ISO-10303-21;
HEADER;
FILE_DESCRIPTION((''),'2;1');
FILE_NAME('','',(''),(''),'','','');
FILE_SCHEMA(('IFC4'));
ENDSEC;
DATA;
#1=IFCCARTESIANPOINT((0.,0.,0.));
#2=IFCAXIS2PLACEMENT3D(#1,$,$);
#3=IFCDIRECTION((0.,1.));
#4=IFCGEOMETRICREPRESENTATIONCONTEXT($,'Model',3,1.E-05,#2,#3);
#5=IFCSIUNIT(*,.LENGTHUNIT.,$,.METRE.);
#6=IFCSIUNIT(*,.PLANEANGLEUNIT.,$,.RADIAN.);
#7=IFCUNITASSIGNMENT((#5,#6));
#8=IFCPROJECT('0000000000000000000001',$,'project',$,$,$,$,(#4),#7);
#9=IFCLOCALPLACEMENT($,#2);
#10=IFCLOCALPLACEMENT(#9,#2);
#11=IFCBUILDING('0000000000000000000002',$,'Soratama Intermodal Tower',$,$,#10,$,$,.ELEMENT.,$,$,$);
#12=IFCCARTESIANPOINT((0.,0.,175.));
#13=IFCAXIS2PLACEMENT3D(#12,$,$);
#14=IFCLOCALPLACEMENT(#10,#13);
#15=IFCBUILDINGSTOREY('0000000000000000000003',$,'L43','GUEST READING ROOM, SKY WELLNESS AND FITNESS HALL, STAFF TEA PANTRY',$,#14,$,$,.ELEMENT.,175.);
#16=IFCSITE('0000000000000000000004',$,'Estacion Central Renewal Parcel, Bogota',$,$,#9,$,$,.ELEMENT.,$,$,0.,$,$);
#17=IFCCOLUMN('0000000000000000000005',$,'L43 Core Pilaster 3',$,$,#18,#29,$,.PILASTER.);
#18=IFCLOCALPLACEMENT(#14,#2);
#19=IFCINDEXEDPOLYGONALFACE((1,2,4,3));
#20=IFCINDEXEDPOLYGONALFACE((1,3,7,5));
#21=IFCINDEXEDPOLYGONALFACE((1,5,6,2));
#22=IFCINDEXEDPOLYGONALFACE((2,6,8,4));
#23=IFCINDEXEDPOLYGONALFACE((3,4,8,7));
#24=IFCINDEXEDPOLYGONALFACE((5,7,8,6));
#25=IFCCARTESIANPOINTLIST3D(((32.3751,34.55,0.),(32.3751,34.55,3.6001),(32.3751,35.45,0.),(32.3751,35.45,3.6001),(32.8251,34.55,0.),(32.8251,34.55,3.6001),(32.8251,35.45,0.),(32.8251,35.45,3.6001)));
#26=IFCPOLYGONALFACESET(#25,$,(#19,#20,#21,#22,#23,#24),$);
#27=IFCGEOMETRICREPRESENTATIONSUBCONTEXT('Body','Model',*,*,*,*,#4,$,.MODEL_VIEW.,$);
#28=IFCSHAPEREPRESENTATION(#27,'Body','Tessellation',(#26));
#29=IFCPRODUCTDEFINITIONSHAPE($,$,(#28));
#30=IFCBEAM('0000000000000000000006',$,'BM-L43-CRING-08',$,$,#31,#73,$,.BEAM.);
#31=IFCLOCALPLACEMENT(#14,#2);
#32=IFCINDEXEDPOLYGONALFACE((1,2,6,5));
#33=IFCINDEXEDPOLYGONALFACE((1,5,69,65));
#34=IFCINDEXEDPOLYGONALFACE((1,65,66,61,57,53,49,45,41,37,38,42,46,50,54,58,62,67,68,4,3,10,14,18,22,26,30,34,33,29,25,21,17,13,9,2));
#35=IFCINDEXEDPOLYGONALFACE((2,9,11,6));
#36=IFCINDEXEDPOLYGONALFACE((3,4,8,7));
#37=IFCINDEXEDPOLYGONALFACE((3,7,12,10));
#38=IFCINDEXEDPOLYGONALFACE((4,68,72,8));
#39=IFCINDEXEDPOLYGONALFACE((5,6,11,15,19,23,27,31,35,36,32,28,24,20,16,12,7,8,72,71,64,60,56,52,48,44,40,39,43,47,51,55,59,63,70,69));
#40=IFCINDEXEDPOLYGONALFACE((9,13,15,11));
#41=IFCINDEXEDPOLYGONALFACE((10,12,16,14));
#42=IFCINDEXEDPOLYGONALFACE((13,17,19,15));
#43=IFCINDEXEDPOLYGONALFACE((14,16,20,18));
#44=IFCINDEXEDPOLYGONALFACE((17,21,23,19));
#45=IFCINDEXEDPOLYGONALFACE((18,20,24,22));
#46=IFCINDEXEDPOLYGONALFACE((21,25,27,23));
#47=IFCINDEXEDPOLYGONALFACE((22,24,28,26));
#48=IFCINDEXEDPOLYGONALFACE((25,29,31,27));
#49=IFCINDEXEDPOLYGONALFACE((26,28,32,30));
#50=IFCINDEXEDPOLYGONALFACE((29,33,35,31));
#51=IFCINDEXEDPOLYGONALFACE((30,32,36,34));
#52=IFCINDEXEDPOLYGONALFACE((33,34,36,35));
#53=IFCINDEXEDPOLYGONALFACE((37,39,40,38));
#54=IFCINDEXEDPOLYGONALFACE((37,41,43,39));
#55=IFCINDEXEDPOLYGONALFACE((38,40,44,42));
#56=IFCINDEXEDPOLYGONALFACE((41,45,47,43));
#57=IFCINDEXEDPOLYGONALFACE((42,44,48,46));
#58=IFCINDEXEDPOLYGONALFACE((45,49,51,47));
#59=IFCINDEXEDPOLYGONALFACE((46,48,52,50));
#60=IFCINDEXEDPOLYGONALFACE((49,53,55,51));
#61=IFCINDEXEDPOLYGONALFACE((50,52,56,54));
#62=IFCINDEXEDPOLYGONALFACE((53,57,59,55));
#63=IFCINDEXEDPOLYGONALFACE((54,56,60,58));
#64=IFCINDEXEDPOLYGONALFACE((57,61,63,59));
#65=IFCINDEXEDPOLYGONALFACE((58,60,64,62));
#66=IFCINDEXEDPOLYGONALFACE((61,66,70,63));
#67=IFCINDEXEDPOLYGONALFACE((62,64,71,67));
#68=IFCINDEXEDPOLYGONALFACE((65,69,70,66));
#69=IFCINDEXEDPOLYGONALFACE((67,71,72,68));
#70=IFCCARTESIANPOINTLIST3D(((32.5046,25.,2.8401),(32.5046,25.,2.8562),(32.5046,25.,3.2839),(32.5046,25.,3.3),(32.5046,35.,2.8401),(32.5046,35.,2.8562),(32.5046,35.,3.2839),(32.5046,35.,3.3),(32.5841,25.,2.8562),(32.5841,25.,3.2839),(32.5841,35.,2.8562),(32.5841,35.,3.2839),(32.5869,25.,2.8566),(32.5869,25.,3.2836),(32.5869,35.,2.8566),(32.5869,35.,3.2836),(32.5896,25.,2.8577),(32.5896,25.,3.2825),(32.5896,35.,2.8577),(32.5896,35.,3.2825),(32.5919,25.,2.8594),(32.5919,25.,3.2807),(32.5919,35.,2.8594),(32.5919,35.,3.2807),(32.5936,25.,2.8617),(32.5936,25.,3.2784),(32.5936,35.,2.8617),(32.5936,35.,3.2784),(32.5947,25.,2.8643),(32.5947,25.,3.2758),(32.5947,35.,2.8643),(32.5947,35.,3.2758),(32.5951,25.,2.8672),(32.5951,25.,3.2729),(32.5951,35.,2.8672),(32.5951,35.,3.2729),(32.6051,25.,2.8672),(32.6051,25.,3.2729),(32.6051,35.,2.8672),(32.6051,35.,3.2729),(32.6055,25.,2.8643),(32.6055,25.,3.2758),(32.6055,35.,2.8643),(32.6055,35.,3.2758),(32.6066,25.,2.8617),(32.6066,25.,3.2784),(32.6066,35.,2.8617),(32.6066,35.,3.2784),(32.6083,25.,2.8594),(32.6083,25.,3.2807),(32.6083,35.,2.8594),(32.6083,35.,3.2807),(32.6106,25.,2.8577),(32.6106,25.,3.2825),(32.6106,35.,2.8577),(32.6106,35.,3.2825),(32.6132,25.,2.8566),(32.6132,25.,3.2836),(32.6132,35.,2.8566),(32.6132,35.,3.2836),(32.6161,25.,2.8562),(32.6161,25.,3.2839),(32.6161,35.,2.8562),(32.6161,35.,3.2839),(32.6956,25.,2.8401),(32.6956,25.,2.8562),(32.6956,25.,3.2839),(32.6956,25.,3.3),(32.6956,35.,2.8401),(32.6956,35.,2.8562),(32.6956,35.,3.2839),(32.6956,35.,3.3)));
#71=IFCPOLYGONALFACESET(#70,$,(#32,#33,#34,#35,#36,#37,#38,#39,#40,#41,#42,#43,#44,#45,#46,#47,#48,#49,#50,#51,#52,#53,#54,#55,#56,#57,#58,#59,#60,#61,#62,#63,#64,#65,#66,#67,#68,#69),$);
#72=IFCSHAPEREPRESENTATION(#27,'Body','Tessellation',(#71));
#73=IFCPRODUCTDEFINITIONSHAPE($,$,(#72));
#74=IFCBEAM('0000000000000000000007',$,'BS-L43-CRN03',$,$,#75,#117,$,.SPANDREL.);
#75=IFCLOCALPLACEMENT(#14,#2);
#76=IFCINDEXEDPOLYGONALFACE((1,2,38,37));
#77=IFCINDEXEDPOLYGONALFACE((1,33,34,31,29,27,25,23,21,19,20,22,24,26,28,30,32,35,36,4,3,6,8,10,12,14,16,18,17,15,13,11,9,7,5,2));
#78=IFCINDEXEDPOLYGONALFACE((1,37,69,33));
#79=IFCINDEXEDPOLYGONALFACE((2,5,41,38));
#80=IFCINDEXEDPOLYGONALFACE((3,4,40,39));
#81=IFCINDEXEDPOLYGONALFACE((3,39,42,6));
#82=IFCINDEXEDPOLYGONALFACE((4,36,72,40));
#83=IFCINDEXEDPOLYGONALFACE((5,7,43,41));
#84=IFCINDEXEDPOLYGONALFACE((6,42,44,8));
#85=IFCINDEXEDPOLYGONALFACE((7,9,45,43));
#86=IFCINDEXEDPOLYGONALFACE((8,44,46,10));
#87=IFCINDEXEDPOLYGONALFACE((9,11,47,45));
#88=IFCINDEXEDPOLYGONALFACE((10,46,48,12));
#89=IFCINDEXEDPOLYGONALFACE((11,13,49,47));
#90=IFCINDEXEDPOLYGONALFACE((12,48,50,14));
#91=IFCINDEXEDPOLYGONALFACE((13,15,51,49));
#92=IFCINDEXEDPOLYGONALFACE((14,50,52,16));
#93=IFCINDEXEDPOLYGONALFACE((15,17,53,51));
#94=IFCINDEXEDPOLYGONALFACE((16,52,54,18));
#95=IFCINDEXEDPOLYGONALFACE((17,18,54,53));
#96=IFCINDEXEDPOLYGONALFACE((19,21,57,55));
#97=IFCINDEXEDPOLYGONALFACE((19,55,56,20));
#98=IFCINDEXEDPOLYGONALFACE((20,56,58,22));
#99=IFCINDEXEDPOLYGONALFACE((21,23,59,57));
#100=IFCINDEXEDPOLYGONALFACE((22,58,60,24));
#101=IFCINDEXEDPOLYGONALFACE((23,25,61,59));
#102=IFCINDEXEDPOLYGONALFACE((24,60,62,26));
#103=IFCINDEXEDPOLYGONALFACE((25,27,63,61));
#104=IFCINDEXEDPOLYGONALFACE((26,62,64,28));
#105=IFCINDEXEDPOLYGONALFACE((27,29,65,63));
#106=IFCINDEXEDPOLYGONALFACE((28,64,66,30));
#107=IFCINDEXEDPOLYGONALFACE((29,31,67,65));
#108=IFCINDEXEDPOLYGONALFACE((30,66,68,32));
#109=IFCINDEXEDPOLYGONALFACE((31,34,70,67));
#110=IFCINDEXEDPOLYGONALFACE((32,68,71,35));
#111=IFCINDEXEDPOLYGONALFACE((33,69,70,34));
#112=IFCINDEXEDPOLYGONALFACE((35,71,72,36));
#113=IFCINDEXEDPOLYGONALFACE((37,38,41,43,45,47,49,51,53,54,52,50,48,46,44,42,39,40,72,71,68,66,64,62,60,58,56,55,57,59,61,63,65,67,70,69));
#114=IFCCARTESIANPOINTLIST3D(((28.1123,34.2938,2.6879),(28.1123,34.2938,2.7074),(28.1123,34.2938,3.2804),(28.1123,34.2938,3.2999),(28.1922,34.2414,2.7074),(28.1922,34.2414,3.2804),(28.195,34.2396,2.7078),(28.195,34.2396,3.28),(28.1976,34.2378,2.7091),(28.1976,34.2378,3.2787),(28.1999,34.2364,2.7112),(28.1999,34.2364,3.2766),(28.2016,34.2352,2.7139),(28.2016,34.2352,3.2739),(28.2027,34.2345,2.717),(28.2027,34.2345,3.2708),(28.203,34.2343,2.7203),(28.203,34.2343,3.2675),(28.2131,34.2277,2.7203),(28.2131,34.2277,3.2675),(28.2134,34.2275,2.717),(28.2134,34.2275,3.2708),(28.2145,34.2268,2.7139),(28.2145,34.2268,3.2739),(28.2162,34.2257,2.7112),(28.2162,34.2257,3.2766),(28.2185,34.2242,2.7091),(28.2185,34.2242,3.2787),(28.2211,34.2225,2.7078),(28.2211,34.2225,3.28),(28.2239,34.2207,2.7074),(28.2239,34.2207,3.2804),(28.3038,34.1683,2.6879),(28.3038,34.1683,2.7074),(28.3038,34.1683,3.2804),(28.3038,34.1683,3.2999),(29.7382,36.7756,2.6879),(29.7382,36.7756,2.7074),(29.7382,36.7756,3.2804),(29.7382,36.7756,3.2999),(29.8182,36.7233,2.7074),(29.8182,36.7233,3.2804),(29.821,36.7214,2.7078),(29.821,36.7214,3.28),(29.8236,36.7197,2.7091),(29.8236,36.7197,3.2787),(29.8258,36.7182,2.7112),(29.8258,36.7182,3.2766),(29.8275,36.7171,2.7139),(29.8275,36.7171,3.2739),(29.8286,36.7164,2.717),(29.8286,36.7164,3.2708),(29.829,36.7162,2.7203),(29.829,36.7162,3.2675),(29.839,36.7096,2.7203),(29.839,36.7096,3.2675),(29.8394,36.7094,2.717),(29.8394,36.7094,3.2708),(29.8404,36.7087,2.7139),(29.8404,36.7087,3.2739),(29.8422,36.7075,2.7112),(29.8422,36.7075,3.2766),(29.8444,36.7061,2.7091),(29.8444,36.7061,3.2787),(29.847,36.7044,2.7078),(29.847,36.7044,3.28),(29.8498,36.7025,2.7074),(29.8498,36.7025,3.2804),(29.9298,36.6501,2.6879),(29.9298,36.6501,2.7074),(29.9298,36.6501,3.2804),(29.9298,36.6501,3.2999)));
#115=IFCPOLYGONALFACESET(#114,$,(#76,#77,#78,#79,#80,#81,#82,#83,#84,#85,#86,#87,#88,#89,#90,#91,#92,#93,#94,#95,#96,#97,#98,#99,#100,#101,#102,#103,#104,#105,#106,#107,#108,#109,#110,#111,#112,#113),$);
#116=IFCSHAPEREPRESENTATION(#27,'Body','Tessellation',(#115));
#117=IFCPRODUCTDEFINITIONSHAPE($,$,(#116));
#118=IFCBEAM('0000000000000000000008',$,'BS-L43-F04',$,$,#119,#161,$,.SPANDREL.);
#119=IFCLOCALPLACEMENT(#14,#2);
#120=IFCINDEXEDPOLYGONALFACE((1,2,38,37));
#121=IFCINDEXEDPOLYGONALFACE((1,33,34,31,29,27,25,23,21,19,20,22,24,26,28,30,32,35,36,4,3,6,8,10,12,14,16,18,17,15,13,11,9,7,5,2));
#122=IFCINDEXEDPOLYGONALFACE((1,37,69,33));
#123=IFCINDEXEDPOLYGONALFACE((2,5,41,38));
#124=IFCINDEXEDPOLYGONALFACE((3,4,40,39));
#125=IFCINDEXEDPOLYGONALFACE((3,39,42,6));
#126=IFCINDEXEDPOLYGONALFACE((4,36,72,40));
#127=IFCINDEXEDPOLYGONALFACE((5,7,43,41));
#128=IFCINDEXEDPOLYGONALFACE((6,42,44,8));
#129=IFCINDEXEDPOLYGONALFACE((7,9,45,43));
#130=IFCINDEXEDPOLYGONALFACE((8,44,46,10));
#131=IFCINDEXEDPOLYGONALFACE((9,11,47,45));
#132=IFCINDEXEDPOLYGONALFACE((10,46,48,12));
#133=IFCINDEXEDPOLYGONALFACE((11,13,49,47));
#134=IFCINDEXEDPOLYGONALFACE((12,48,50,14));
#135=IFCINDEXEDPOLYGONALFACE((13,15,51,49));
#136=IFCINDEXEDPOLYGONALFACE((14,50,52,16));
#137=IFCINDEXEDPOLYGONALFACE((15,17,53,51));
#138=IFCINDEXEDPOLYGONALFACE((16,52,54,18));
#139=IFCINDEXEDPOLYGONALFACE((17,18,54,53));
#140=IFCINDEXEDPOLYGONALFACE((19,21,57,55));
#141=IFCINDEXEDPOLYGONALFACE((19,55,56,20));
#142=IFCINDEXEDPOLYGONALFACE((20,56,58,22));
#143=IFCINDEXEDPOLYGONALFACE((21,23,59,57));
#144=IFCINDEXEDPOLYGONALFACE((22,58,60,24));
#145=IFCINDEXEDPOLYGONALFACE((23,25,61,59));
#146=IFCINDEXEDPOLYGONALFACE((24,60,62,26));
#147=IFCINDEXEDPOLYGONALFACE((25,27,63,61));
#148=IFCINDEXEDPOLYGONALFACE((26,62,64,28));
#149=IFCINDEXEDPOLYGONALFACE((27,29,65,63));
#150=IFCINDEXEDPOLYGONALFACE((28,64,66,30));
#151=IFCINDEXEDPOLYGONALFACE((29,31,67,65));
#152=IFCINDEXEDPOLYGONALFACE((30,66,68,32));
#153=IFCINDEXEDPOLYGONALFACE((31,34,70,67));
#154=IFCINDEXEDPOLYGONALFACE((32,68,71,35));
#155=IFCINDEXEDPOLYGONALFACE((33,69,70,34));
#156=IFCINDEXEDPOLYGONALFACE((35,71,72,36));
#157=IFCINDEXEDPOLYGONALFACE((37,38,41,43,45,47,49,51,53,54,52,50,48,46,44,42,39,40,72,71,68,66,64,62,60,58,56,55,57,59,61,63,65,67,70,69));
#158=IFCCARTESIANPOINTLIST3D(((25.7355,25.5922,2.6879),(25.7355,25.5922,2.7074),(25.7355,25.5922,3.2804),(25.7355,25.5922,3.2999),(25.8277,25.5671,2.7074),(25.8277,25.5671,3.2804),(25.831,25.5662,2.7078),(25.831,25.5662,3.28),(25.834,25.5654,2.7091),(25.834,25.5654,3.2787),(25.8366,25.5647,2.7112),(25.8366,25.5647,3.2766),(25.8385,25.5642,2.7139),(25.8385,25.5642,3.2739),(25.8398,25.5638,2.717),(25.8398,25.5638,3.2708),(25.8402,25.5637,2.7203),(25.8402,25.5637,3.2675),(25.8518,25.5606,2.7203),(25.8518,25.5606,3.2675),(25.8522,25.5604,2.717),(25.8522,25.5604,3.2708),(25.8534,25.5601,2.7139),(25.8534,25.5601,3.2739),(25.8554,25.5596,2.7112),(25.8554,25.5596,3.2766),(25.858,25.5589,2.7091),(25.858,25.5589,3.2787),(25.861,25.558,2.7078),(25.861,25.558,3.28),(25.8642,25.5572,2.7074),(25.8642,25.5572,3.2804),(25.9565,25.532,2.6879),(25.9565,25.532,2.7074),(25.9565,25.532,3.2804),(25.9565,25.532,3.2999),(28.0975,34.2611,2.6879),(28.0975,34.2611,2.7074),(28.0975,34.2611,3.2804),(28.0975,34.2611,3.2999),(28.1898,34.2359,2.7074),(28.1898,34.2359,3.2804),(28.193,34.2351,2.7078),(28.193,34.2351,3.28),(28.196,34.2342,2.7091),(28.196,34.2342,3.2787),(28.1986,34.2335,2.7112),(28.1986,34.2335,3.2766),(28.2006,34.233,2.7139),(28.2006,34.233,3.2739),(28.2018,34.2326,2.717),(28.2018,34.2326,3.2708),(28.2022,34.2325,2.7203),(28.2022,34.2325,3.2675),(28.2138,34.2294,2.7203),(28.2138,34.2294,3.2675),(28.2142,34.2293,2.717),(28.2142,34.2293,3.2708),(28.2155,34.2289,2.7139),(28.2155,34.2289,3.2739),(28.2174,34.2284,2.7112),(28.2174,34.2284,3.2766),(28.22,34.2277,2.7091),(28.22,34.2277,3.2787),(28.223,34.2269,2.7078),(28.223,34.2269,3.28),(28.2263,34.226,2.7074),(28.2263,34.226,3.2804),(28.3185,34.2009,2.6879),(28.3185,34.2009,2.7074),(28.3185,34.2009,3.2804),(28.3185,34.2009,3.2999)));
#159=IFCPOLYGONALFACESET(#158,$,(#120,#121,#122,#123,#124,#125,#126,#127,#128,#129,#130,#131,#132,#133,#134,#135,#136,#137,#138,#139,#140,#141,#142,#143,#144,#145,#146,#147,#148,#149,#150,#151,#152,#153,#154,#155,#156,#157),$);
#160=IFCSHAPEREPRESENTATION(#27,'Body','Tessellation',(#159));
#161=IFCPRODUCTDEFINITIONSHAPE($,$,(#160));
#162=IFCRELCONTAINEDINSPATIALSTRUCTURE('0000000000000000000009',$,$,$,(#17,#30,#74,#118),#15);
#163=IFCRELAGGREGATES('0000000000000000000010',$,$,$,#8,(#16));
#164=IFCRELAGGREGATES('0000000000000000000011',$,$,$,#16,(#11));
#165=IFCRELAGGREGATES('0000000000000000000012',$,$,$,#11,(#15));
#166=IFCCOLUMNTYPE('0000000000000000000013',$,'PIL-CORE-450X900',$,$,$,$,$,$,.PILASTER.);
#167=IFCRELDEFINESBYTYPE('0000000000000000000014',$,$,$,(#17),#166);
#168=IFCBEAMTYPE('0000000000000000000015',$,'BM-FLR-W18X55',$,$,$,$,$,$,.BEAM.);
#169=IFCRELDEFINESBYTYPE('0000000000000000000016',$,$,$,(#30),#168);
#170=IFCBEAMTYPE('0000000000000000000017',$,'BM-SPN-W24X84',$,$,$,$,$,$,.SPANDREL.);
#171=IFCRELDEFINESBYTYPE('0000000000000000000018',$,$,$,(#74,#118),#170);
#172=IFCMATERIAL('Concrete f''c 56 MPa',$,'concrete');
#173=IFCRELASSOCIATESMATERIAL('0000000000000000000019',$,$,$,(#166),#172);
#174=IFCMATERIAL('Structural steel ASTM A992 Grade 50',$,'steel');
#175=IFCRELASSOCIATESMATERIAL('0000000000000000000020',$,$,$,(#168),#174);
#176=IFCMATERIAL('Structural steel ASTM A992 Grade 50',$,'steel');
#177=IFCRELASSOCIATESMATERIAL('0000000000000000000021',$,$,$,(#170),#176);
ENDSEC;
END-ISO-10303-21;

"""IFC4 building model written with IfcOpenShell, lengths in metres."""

from ifc_helpers import new_model, si_unit, direction, frame, origin, origin_2d, place, context, subcontext, project, spatial, rectangle, i_section, extrude, material, material_profile, profile_set, type_object, element, save


model = new_model("IFC4")

# Units and contexts
model_context = context("Model", 3, precision=1e-05, world=origin(), true_north=direction((0.0, 1.0)))
body_context = subcontext(model_context, "Body", "Model", "MODEL_VIEW")
ifc_project = project(units=[si_unit("LENGTHUNIT", "METRE"), si_unit("PLANEANGLEUNIT", "RADIAN")], contexts=[model_context])

# Site, building, storey
site_placement = place(None, origin())
site = spatial("IfcSite", under=ifc_project, at=site_placement, Name="Estacion Central Renewal Parcel, Bogota", CompositionType="ELEMENT", RefElevation=0.0)
building_placement = place(site_placement, origin())
building = spatial("IfcBuilding", under=site, at=building_placement, Name="Soratama Intermodal Tower", CompositionType="ELEMENT")
storey_placement = place(building_placement, frame((0.0, 0.0, 175.0)))
storey = spatial("IfcBuildingStorey", under=building, at=storey_placement, Name="L43", Description="GUEST READING ROOM, SKY WELLNESS AND FITNESS HALL, STAFF TEA PANTRY", CompositionType="ELEMENT", Elevation=175.0)

# Column
ifc_material_1 = material(Name="Concrete f'c 56 MPa", Category="concrete")
ifc_material_profile_1 = material_profile(ifc_material_1, rectangle(XDim=0.45, YDim=0.8999, at=origin_2d()), Name="RC450X900")
ifc_profile_set_1 = profile_set([ifc_material_profile_1], Name="Concrete f'c 56 MPa")
column_type = type_object("IfcColumnType", Name="PIL-CORE-450X900", PredefinedType="PILASTER", material=ifc_profile_set_1)
column_placement = place(storey_placement, frame((32.6001, 35.0, 0.0), z_axis=(0.0, 0.0, 1.0), x_axis=(1.0, 0.0, 0.0)))
element("IfcColumn", 1, at=column_placement, inside=storey, type_object=column_type, Name="L43 Core Pilaster 3", PredefinedType="PILASTER", context=body_context, shape_type="SweptSolid", body=[
    extrude(rectangle(XDim=0.45, YDim=0.8999, at=origin_2d()), origin(), (0.0, 0.0, 1.0), 3.6001),
])

# Beams
ifc_material_2 = material(Name="Structural steel ASTM A992 Grade 50", Category="steel")
ifc_material_profile_2 = material_profile(ifc_material_2, i_section(OverallWidth=0.1909, OverallDepth=0.46, WebThickness=0.01, FlangeThickness=0.0161, FilletRadius=0.011, at=origin_2d()), Name="W18X55")
ifc_profile_set_2 = profile_set([ifc_material_profile_2], Name="Structural steel ASTM A992 Grade 50")
beam_type_1 = type_object("IfcBeamType", Name="BM-FLR-W18X55", PredefinedType="BEAM", material=ifc_profile_set_2)
beam_1_placement = place(storey_placement, frame((32.6001, 35.0, 3.0701), z_axis=(0.0, -1.0, 0.0), x_axis=(1.0, 0.0, 0.0)))
element("IfcBeam", 2, at=beam_1_placement, inside=storey, type_object=beam_type_1, Name="BM-L43-CRING-08", PredefinedType="BEAM", context=body_context, shape_type="SweptSolid", body=[
    extrude(i_section(OverallWidth=0.1909, OverallDepth=0.46, WebThickness=0.01, FlangeThickness=0.0161, FilletRadius=0.011, at=origin_2d()), origin(), (0.0, 0.0, 1.0), 10.0),
])
ifc_material_3 = material(Name="Structural steel ASTM A992 Grade 50", Category="steel")
ifc_material_profile_3 = material_profile(ifc_material_3, i_section(OverallWidth=0.229, OverallDepth=0.6121, WebThickness=0.012, FlangeThickness=0.0195, FilletRadius=0.0129, at=origin_2d()), Name="W24X84")
ifc_profile_set_3 = profile_set([ifc_material_profile_3], Name="Structural steel ASTM A992 Grade 50")
beam_type_2 = type_object("IfcBeamType", Name="BM-SPN-W24X84", PredefinedType="SPANDREL", material=ifc_profile_set_3)
beam_2_placement = place(storey_placement, frame((29.834, 36.7129, 2.9939), z_axis=(-0.547998, -0.836479, 0.0), x_axis=(0.836479, -0.547998, 0.0)))
element("IfcBeam", 3, at=beam_2_placement, inside=storey, type_object=beam_type_2, Name="BS-L43-CRN03", PredefinedType="SPANDREL", context=body_context, shape_type="SweptSolid", body=[
    extrude(i_section(OverallWidth=0.229, OverallDepth=0.6121, WebThickness=0.012, FlangeThickness=0.0195, FilletRadius=0.0129, at=origin_2d()), origin(), (0.0, 0.0, 1.0), 2.967),
])
beam_3_placement = place(storey_placement, frame((28.208, 34.231, 2.9939), z_axis=(-0.26289, -0.964826, 0.0), x_axis=(0.964826, -0.26289, 0.0)))
element("IfcBeam", 4, at=beam_3_placement, inside=storey, type_object=beam_type_2, Name="BS-L43-F04", PredefinedType="SPANDREL", context=body_context, shape_type="SweptSolid", body=[
    extrude(i_section(OverallWidth=0.229, OverallDepth=0.6121, WebThickness=0.012, FlangeThickness=0.0195, FilletRadius=0.0129, at=origin_2d()), origin(), (0.0, 0.0, 1.0), 8.9849),
])

save(model, "model.ifc")
